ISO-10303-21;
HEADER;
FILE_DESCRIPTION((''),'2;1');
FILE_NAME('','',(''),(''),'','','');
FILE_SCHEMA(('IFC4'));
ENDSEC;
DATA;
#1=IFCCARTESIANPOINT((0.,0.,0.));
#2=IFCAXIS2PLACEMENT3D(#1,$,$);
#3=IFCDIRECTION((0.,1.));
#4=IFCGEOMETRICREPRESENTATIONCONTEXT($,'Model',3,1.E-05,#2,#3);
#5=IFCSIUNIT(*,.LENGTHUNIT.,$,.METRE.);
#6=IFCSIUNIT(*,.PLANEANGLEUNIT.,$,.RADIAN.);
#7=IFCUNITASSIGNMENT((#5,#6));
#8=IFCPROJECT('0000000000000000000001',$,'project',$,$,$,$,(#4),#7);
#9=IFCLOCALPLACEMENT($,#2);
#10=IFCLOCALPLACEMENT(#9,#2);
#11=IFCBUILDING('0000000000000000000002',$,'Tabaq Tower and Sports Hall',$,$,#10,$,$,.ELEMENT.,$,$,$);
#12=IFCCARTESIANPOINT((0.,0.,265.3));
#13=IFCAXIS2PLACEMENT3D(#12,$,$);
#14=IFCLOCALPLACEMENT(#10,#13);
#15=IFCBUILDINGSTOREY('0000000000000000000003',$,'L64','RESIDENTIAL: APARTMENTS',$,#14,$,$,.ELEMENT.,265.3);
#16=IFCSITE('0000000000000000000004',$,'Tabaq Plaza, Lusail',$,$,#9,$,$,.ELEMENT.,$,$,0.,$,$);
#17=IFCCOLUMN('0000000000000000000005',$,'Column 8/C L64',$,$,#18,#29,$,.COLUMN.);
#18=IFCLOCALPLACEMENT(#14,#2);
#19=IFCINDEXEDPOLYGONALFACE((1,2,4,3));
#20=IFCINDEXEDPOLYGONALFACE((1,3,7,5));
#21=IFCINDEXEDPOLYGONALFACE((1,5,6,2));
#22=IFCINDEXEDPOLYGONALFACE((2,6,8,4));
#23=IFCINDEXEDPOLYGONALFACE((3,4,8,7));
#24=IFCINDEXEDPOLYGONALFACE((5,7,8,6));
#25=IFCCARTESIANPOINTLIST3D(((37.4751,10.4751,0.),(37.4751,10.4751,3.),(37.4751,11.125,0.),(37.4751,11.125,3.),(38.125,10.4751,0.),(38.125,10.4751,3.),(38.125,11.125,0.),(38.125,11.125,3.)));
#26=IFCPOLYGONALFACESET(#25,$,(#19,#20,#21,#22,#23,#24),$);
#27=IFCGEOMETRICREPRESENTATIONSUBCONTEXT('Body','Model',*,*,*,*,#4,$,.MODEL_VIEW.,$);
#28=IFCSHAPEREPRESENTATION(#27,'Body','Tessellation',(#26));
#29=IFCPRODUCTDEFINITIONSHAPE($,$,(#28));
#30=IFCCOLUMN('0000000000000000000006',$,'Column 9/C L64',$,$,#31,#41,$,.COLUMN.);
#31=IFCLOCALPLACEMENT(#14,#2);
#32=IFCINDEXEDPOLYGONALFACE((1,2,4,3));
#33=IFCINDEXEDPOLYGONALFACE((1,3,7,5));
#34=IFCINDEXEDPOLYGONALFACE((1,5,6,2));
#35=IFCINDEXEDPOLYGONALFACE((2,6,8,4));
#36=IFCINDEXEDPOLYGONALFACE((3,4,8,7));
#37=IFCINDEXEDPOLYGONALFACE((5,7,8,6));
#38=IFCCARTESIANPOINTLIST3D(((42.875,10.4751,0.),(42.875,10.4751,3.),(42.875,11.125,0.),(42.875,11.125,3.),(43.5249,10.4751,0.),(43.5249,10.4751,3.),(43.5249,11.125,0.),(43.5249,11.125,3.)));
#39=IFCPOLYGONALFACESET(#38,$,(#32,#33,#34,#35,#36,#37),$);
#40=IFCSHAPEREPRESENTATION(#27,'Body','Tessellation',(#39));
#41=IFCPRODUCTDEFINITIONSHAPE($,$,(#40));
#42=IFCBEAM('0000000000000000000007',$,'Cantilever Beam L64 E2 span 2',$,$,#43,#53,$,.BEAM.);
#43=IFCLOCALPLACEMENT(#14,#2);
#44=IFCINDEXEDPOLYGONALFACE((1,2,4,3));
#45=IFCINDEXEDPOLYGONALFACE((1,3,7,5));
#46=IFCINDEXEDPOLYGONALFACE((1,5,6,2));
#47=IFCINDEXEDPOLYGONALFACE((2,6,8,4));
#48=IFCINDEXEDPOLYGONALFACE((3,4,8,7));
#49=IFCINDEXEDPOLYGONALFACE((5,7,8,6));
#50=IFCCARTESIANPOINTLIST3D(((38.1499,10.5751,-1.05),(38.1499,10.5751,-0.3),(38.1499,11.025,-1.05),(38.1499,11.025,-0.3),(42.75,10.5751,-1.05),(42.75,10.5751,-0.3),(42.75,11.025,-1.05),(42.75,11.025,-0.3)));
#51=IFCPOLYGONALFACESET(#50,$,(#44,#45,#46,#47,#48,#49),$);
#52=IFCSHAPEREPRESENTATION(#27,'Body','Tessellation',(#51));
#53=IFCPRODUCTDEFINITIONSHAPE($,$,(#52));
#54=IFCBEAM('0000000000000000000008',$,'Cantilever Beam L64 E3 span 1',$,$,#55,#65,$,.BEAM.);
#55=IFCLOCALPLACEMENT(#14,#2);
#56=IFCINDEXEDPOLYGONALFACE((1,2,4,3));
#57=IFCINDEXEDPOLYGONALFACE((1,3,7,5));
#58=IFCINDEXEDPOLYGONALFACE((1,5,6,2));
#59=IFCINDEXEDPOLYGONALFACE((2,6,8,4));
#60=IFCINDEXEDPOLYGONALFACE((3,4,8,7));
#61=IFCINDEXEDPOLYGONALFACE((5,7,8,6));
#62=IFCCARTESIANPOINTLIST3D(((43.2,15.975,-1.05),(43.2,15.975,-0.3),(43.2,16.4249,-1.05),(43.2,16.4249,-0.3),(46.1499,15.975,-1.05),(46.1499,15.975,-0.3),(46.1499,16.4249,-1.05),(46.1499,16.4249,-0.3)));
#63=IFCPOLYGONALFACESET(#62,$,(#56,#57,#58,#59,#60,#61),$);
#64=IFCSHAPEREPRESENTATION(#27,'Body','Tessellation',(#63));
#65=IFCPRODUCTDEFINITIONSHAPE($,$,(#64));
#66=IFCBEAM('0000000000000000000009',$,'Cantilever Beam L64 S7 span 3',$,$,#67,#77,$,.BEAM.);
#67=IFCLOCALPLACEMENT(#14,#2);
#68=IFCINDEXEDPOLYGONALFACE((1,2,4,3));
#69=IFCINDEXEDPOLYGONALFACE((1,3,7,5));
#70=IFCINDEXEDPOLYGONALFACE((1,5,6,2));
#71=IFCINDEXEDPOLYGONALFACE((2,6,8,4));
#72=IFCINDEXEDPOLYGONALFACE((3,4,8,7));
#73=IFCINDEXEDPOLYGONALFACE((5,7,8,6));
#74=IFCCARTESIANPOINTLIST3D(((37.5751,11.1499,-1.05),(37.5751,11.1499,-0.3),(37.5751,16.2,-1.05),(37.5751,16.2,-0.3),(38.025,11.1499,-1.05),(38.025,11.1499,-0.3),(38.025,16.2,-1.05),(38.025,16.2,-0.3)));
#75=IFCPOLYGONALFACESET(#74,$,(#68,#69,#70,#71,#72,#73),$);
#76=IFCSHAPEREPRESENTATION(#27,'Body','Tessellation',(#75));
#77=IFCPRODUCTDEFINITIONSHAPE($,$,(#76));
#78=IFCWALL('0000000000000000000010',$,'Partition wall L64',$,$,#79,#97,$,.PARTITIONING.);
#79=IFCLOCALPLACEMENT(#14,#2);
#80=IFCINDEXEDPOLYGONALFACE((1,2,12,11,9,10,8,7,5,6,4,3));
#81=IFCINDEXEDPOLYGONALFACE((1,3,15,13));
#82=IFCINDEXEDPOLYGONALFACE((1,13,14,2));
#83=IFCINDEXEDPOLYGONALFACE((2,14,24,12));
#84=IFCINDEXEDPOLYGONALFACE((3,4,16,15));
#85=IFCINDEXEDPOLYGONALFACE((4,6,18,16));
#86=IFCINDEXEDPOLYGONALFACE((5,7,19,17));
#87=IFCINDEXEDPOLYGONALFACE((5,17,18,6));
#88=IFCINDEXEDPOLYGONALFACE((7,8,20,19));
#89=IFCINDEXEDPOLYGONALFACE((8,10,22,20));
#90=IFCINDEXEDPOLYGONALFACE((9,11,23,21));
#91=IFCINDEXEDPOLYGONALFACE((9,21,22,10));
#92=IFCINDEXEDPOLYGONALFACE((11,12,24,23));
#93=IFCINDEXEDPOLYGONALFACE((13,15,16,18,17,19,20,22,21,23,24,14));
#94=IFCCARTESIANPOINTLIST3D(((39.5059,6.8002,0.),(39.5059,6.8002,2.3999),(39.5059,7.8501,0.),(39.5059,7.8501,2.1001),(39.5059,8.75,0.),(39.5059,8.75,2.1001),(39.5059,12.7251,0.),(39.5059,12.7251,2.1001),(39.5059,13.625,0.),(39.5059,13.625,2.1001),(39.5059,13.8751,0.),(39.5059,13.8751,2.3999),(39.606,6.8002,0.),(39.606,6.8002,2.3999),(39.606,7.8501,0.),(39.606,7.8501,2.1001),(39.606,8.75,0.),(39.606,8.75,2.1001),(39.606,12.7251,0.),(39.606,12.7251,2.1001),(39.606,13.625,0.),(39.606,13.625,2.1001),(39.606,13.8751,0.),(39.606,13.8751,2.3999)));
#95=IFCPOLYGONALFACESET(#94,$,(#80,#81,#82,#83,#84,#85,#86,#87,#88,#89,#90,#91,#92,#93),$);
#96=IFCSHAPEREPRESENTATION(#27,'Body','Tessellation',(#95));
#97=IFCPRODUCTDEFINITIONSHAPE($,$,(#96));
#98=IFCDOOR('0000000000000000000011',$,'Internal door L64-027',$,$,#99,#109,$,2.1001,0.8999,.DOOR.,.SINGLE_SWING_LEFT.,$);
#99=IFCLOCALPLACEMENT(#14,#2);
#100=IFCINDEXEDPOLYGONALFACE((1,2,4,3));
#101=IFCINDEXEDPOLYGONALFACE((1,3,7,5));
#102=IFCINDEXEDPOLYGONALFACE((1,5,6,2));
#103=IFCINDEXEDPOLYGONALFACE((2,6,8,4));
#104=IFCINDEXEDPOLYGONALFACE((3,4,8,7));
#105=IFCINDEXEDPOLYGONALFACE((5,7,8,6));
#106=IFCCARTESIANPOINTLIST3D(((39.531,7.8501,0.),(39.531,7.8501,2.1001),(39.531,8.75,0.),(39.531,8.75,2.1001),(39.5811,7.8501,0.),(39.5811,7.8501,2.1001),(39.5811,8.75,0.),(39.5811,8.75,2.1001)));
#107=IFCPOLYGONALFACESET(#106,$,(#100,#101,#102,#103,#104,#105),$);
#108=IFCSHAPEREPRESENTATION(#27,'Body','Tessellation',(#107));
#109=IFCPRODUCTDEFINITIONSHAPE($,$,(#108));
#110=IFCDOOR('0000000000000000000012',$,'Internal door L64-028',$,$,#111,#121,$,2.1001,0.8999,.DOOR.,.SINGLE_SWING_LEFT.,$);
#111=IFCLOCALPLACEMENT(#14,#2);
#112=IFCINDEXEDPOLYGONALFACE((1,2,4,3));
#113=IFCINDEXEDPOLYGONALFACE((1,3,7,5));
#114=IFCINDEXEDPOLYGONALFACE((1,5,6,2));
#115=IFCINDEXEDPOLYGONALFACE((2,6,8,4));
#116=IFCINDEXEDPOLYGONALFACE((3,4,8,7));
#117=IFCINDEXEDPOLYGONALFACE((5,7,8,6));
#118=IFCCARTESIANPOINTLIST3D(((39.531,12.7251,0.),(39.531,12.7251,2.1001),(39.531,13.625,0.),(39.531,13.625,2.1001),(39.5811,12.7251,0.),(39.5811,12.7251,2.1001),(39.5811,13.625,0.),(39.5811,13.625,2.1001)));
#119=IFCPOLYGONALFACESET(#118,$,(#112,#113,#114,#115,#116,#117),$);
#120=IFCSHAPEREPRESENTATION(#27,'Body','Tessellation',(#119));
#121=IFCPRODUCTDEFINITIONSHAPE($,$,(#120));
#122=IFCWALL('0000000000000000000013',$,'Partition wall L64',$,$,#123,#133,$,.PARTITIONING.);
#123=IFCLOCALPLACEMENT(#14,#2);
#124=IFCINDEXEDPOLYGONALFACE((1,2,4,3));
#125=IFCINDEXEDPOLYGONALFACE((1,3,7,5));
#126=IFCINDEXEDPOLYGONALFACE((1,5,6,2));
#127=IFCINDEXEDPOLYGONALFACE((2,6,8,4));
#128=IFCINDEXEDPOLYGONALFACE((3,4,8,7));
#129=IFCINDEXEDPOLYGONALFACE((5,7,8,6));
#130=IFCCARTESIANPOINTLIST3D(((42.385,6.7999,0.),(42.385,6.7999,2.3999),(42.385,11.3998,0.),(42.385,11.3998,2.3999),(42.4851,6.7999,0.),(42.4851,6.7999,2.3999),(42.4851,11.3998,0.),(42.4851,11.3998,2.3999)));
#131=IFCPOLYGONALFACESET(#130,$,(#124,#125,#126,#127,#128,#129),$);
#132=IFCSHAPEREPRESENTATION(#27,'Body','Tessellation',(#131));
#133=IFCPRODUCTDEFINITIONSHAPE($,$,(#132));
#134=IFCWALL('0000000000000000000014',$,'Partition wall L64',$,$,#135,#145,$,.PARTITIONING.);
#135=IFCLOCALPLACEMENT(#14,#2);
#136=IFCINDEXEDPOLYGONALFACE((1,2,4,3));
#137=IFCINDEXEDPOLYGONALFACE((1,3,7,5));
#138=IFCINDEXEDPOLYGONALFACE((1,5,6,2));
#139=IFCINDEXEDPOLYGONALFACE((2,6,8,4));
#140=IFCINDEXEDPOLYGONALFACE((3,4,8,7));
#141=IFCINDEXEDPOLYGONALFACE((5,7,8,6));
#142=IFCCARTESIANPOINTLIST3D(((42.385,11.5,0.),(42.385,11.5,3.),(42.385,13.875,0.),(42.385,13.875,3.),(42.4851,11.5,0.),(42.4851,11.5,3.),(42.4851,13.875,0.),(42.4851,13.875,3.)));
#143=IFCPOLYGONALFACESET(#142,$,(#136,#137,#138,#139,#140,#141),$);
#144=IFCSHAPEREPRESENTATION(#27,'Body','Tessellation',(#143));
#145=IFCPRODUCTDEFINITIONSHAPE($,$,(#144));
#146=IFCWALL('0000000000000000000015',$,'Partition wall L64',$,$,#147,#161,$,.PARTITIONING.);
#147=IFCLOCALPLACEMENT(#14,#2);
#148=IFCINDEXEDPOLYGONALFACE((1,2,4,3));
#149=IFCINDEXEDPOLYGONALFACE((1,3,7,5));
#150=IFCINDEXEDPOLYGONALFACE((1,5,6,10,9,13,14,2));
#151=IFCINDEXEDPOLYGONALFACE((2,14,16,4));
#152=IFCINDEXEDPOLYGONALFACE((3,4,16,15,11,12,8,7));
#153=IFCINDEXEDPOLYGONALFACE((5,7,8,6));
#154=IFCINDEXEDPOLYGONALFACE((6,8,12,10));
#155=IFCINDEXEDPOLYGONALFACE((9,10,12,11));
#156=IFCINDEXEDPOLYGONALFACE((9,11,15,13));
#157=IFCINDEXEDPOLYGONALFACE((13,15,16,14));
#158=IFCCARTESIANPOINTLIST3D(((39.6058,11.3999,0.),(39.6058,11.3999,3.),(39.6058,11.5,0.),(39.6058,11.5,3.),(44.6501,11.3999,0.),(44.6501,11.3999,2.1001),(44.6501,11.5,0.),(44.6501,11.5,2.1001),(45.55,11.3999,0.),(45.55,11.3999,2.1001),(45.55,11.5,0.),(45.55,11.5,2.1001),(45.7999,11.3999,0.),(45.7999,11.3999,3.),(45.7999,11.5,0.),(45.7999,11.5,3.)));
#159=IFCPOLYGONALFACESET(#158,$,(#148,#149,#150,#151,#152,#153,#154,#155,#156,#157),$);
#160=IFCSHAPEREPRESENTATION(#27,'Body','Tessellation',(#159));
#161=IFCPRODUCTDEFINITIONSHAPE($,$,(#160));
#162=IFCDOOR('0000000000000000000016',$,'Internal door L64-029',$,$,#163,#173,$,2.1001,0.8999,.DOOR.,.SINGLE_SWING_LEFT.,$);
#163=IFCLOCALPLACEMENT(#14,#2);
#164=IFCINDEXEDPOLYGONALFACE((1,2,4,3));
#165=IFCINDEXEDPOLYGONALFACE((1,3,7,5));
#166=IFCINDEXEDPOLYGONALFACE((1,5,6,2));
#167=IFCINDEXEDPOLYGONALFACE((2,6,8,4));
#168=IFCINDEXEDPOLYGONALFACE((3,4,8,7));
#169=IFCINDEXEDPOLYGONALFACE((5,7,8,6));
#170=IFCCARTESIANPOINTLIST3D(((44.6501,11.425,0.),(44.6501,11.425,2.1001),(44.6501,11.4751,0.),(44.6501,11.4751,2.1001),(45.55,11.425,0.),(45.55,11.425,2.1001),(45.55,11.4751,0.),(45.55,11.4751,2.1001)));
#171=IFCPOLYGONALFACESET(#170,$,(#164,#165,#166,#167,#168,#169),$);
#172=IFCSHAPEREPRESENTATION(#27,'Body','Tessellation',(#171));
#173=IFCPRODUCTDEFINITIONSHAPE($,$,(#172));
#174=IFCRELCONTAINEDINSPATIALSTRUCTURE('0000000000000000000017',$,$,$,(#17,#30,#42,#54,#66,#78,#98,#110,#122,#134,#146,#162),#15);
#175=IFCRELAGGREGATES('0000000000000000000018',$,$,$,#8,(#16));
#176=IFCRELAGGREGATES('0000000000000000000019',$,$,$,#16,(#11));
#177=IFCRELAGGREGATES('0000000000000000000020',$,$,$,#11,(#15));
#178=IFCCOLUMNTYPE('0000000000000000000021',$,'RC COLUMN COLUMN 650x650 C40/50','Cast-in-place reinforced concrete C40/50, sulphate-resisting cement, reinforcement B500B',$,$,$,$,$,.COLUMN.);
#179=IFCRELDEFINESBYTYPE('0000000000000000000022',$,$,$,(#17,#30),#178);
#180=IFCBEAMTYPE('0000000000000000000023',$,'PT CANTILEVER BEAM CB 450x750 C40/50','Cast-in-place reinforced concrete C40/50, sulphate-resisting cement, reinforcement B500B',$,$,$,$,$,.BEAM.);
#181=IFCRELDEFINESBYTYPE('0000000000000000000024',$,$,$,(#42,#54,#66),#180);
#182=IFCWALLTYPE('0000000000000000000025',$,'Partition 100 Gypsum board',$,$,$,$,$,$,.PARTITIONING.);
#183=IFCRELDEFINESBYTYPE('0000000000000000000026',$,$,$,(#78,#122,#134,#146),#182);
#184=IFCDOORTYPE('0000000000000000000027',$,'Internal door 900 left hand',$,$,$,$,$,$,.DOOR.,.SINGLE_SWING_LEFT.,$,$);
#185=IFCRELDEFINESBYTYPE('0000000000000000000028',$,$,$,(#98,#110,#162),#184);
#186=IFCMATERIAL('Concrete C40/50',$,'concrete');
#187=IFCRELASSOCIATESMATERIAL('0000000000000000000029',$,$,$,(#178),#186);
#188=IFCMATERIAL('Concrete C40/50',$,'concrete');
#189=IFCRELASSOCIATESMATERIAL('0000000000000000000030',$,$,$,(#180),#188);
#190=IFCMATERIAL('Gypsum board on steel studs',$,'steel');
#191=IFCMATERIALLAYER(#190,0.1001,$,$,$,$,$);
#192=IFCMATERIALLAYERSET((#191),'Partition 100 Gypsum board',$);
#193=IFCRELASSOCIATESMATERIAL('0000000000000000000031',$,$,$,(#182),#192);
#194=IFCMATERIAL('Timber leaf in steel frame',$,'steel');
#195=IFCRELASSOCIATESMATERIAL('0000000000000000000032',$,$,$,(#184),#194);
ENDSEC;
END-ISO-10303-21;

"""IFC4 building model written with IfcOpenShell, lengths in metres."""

from ifc_helpers import new_model, si_unit, direction, frame, frame_2d, origin, origin_2d, place, context, subcontext, project, spatial, rectangle, extrude, material, layer, layer_set, material_profile, profile_set, type_object, element, fill, save


model = new_model("IFC4")

# Units and contexts
model_context = context("Model", 3, precision=1e-05, world=origin(), true_north=direction((0.0, 1.0)))
body_context = subcontext(model_context, "Body", "Model", "MODEL_VIEW")
ifc_project = project(units=[si_unit("LENGTHUNIT", "METRE"), si_unit("PLANEANGLEUNIT", "RADIAN")], contexts=[model_context])

# Site, building, storey
site_placement = place(None, origin())
site = spatial("IfcSite", under=ifc_project, at=site_placement, Name="Tabaq Plaza, Lusail", CompositionType="ELEMENT", RefElevation=0.0)
building_placement = place(site_placement, origin())
building = spatial("IfcBuilding", under=site, at=building_placement, Name="Tabaq Tower and Sports Hall", CompositionType="ELEMENT")
storey_placement = place(building_placement, frame((0.0, 0.0, 265.3)))
storey = spatial("IfcBuildingStorey", under=building, at=storey_placement, Name="L64", Description="RESIDENTIAL: APARTMENTS", CompositionType="ELEMENT", Elevation=265.3)

# Columns
ifc_material_1 = material(Name="Concrete C40/50", Category="concrete")
ifc_material_profile_1 = material_profile(ifc_material_1, rectangle(XDim=0.6499, YDim=0.6499, at=origin_2d()), Name="COLUMN 650x650")
ifc_profile_set_1 = profile_set([ifc_material_profile_1], Name="Concrete C40/50")
column_type = type_object("IfcColumnType", Name="RC COLUMN COLUMN 650x650 C40/50", Description="Cast-in-place reinforced concrete C40/50, sulphate-resisting cement, reinforcement B500B", PredefinedType="COLUMN", material=ifc_profile_set_1)
for number, where, z_axis, x_axis, name in (
    (1, (37.8, 10.8, 0.0), (0.0, 0.0, 1.0), (1.0, 0.0, 0.0), "Column 8/C L64"),
    (2, (43.2, 10.8, 0.0), (0.0, 0.0, 1.0), (1.0, 0.0, 0.0), "Column 9/C L64"),
):
    element("IfcColumn", number, at=place(storey_placement, frame(where, z_axis=z_axis, x_axis=x_axis)), inside=storey, type_object=column_type, Name=name, PredefinedType="COLUMN", context=body_context, shape_type="SweptSolid", body=[
        extrude(rectangle(XDim=0.6499, YDim=0.6499, at=origin_2d()), origin(), (0.0, 0.0, 1.0), 3.0),
    ])

# Beams
ifc_material_2 = material(Name="Concrete C40/50", Category="concrete")
ifc_material_profile_2 = material_profile(ifc_material_2, rectangle(XDim=0.45, YDim=0.75, at=origin_2d()), Name="CB 450x750")
ifc_profile_set_2 = profile_set([ifc_material_profile_2], Name="Concrete C40/50")
beam_type = type_object("IfcBeamType", Name="PT CANTILEVER BEAM CB 450x750 C40/50", Description="Cast-in-place reinforced concrete C40/50, sulphate-resisting cement, reinforcement B500B", PredefinedType="BEAM", material=ifc_profile_set_2)
beam_1_placement = place(storey_placement, frame((42.75, 10.8, -0.675), z_axis=(-1.0, 0.0, 0.0), x_axis=(0.0, -1.0, 0.0)))
element("IfcBeam", 3, at=beam_1_placement, inside=storey, type_object=beam_type, Name="Cantilever Beam L64 E2 span 2", PredefinedType="BEAM", context=body_context, shape_type="SweptSolid", body=[
    extrude(rectangle(XDim=0.45, YDim=0.75, at=origin_2d()), origin(), (0.0, 0.0, 1.0), 4.6001),
])
beam_2_placement = place(storey_placement, frame((46.1499, 16.2, -0.675), z_axis=(-1.0, 0.0, 0.0), x_axis=(0.0, -1.0, 0.0)))
element("IfcBeam", 4, at=beam_2_placement, inside=storey, type_object=beam_type, Name="Cantilever Beam L64 E3 span 1", PredefinedType="BEAM", context=body_context, shape_type="SweptSolid", body=[
    extrude(rectangle(XDim=0.45, YDim=0.75, at=origin_2d()), origin(), (0.0, 0.0, 1.0), 2.95),
])
beam_3_placement = place(storey_placement, frame((37.8, 11.1499, -0.675), z_axis=(0.0, 1.0, 0.0), x_axis=(-1.0, 0.0, 0.0)))
element("IfcBeam", 5, at=beam_3_placement, inside=storey, type_object=beam_type, Name="Cantilever Beam L64 S7 span 3", PredefinedType="BEAM", context=body_context, shape_type="SweptSolid", body=[
    extrude(rectangle(XDim=0.45, YDim=0.75, at=origin_2d()), origin(), (0.0, 0.0, 1.0), 5.05),
])

# Wall, openings, doors
ifc_material_3 = material(Name="Gypsum board on steel studs", Category="steel")
ifc_layer_1 = layer(ifc_material_3, 0.1001)
ifc_layer_set_1 = layer_set([ifc_layer_1], Name="Partition 100 Gypsum board")
wall_type_1 = type_object("IfcWallType", Name="Partition 100 Gypsum board", PredefinedType="PARTITIONING", material=ifc_layer_set_1)
wall_1_placement = place(storey_placement, frame((39.5559, 6.8, 0.0), z_axis=(0.0, 0.0, 1.0), x_axis=(0.0, 1.0, 0.0)))
wall_1 = element("IfcWall", 6, at=wall_1_placement, inside=storey, type_object=wall_type_1, Name="Partition wall L64", PredefinedType="PARTITIONING", context=body_context, shape_type="SweptSolid", body=[
    extrude(rectangle(XDim=7.075, YDim=0.1001, at=frame_2d((3.5376, 0.0))), origin(), (0.0, 0.0, 1.0), 2.3999),
])
opening_1_placement = place(wall_1_placement, frame((1.05, 0.0, 0.0)))
opening_1 = element("IfcOpeningElement", 7, at=opening_1_placement, cuts=wall_1, PredefinedType="OPENING", context=body_context, shape_type="SweptSolid", body=[
    extrude(rectangle(XDim=0.8999, YDim=2.1001, at=frame_2d((0.45, 1.05))), frame((0.0, 0.05, 0.0), z_axis=(0.0, -1.0, 0.0), x_axis=(1.0, 0.0, 0.0)), (0.0, 0.0, 1.0), 0.1001),
])
opening_2_placement = place(wall_1_placement, frame((5.925, 0.0, 0.0)))
opening_2 = element("IfcOpeningElement", 8, at=opening_2_placement, cuts=wall_1, PredefinedType="OPENING", context=body_context, shape_type="SweptSolid", body=[
    extrude(rectangle(XDim=0.8999, YDim=2.1001, at=frame_2d((0.45, 1.05))), frame((0.0, 0.05, 0.0), z_axis=(0.0, -1.0, 0.0), x_axis=(1.0, 0.0, 0.0)), (0.0, 0.0, 1.0), 0.1001),
])
ifc_material_4 = material(Name="Timber leaf in steel frame", Category="steel")
door_type_1 = type_object("IfcDoorType", Name="Internal door 900 left hand", OperationType="SINGLE_SWING_LEFT", PredefinedType="DOOR", material=ifc_material_4)
door_1_placement = place(opening_1_placement, origin())
door_1 = element("IfcDoor", 9, at=door_1_placement, inside=storey, type_object=door_type_1, Name="Internal door L64-027", OperationType="SINGLE_SWING_LEFT", OverallHeight=2.1001, OverallWidth=0.8999, PredefinedType="DOOR", context=body_context, shape_type="SweptSolid", body=[
    extrude(rectangle(XDim=0.8999, YDim=2.1001, at=frame_2d((0.45, 1.05))), frame((0.0, 0.0249, 0.0), z_axis=(0.0, -1.0, 0.0), x_axis=(1.0, 0.0, 0.0)), (0.0, 0.0, 1.0), 0.05),
])
fill(opening_1, door_1)
door_2_placement = place(opening_2_placement, origin())
door_2 = element("IfcDoor", 10, at=door_2_placement, inside=storey, type_object=door_type_1, Name="Internal door L64-028", OperationType="SINGLE_SWING_LEFT", OverallHeight=2.1001, OverallWidth=0.8999, PredefinedType="DOOR", context=body_context, shape_type="SweptSolid", body=[
    extrude(rectangle(XDim=0.8999, YDim=2.1001, at=frame_2d((0.45, 1.05))), frame((0.0, 0.0249, 0.0), z_axis=(0.0, -1.0, 0.0), x_axis=(1.0, 0.0, 0.0)), (0.0, 0.0, 1.0), 0.05),
])
fill(opening_2, door_2)

# Walls
wall_2_placement = place(storey_placement, frame((42.4351, 6.8, 0.0), z_axis=(0.0, 0.0, 1.0), x_axis=(0.0, 1.0, 0.0)))
element("IfcWall", 11, at=wall_2_placement, inside=storey, type_object=wall_type_1, Name="Partition wall L64", PredefinedType="PARTITIONING", context=body_context, shape_type="SweptSolid", body=[
    extrude(rectangle(XDim=4.5999, YDim=0.1001, at=frame_2d((2.2998, 0.0))), origin(), (0.0, 0.0, 1.0), 2.3999),
])
wall_3_placement = place(storey_placement, frame((42.4351, 11.5, 0.0), z_axis=(0.0, 0.0, 1.0), x_axis=(0.0, 1.0, 0.0)))
element("IfcWall", 12, at=wall_3_placement, inside=storey, type_object=wall_type_1, Name="Partition wall L64", PredefinedType="PARTITIONING", context=body_context, shape_type="SweptSolid", body=[
    extrude(rectangle(XDim=2.375, YDim=0.1001, at=frame_2d((1.1875, 0.0))), origin(), (0.0, 0.0, 1.0), 3.0),
])

# Wall, opening, door
wall_4_placement = place(storey_placement, frame((45.8, 11.45, 0.0), z_axis=(0.0, 0.0, 1.0), x_axis=(-1.0, 0.0, 0.0)))
wall_4 = element("IfcWall", 13, at=wall_4_placement, inside=storey, type_object=wall_type_1, Name="Partition wall L64", PredefinedType="PARTITIONING", context=body_context, shape_type="SweptSolid", body=[
    extrude(rectangle(XDim=6.1941, YDim=0.1001, at=frame_2d((3.0972, 0.0))), origin(), (0.0, 0.0, 1.0), 3.0),
])
opening_3_placement = place(wall_4_placement, frame((0.25, 0.0, 0.0)))
opening_3 = element("IfcOpeningElement", 14, at=opening_3_placement, cuts=wall_4, PredefinedType="OPENING", context=body_context, shape_type="SweptSolid", body=[
    extrude(rectangle(XDim=0.8999, YDim=2.1001, at=frame_2d((0.45, 1.05))), frame((0.0, 0.05, 0.0), z_axis=(0.0, -1.0, 0.0), x_axis=(1.0, 0.0, 0.0)), (0.0, 0.0, 1.0), 0.1001),
])
door_3_placement = place(opening_3_placement, origin())
door_3 = element("IfcDoor", 15, at=door_3_placement, inside=storey, type_object=door_type_1, Name="Internal door L64-029", OperationType="SINGLE_SWING_LEFT", OverallHeight=2.1001, OverallWidth=0.8999, PredefinedType="DOOR", context=body_context, shape_type="SweptSolid", body=[
    extrude(rectangle(XDim=0.8999, YDim=2.1001, at=frame_2d((0.45, 1.05))), frame((0.0, 0.0249, 0.0), z_axis=(0.0, -1.0, 0.0), x_axis=(1.0, 0.0, 0.0)), (0.0, 0.0, 1.0), 0.05),
])
fill(opening_3, door_3)

save(model, "model.ifc")
